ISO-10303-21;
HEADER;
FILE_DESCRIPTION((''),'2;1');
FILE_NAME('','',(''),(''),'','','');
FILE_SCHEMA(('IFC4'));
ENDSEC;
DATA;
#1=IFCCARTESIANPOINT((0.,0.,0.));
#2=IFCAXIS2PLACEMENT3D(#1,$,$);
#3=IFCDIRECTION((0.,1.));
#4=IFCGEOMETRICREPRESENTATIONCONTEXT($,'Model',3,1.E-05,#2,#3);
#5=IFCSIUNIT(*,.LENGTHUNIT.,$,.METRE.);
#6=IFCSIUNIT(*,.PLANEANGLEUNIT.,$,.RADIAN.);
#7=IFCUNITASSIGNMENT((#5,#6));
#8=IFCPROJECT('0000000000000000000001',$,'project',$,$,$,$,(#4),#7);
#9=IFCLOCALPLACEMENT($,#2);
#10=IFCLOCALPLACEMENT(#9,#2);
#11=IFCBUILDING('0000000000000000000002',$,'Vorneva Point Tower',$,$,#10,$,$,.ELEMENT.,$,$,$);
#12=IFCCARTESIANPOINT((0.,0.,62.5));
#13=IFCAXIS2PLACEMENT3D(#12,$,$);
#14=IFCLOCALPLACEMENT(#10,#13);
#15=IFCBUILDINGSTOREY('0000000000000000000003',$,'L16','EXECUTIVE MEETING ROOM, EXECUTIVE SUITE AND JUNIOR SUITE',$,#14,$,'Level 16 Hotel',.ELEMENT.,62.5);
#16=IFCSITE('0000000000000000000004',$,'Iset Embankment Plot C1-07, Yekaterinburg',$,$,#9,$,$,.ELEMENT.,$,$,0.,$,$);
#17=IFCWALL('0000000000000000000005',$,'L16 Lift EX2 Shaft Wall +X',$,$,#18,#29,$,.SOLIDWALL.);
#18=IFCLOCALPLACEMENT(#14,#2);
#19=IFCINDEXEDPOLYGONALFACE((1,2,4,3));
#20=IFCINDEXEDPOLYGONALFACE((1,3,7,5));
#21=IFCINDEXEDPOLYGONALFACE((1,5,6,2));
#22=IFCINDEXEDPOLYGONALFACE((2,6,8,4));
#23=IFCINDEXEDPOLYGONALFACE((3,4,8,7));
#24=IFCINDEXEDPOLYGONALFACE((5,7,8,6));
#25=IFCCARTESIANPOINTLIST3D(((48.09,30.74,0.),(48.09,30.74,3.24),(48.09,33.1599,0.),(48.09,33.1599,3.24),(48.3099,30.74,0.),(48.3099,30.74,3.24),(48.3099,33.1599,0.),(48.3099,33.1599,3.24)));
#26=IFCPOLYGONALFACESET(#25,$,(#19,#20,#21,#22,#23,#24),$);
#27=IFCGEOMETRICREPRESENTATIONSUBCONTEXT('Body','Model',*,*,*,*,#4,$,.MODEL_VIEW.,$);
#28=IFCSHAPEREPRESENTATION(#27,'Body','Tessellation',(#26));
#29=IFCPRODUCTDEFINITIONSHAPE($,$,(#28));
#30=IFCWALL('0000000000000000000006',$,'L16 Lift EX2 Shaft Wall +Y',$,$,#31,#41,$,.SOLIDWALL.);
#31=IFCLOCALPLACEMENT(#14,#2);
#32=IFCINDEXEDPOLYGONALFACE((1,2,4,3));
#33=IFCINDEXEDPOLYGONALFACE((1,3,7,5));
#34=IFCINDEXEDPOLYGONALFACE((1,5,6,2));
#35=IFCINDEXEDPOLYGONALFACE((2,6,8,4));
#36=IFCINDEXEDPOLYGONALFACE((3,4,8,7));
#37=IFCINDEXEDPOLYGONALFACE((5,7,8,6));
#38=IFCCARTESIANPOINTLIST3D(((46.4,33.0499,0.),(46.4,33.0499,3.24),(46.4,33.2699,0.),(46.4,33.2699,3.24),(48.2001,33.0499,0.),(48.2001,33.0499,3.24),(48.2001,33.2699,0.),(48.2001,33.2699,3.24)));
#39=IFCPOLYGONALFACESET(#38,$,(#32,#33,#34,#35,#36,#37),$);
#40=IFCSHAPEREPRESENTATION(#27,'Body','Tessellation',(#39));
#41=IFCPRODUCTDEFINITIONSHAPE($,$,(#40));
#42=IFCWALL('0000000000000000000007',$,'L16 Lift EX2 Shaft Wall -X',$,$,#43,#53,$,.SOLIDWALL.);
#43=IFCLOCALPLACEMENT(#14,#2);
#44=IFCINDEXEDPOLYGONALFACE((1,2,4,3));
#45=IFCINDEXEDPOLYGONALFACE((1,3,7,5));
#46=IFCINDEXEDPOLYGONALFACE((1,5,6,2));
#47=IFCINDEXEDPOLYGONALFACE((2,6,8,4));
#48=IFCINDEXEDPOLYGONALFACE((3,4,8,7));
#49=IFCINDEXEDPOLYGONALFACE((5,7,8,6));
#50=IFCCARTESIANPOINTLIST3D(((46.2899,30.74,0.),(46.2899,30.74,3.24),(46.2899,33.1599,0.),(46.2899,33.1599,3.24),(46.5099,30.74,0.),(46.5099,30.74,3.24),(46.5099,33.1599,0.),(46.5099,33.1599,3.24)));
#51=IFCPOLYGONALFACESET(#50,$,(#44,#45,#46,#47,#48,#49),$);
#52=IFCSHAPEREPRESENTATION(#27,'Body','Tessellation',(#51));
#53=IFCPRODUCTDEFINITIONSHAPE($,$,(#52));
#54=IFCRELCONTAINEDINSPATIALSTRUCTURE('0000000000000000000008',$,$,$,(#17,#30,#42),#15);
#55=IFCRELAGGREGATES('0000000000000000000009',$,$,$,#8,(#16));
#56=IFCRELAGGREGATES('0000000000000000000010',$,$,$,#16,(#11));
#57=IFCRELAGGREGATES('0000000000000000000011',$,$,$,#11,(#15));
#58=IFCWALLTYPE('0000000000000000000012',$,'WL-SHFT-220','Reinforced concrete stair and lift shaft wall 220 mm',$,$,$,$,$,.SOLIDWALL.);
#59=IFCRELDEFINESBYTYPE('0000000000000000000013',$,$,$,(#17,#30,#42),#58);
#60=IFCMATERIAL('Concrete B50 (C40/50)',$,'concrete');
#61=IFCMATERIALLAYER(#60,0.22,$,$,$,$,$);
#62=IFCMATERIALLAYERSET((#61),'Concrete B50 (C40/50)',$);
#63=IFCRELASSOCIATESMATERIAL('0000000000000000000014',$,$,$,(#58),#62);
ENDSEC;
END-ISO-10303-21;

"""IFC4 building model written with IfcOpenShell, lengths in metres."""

from ifc_helpers import new_model, si_unit, direction, frame, frame_2d, origin, place, context, subcontext, project, spatial, rectangle, extrude, material, layer, layer_set, type_object, element, save


model = new_model("IFC4")

# Units and contexts
model_context = context("Model", 3, precision=1e-05, world=origin(), true_north=direction((0.0, 1.0)))
body_context = subcontext(model_context, "Body", "Model", "MODEL_VIEW")
ifc_project = project(units=[si_unit("LENGTHUNIT", "METRE"), si_unit("PLANEANGLEUNIT", "RADIAN")], contexts=[model_context])

# Site, building, storey
site_placement = place(None, origin())
site = spatial("IfcSite", under=ifc_project, at=site_placement, Name="Iset Embankment Plot C1-07, Yekaterinburg", CompositionType="ELEMENT", RefElevation=0.0)
building_placement = place(site_placement, origin())
building = spatial("IfcBuilding", under=site, at=building_placement, Name="Vorneva Point Tower", CompositionType="ELEMENT")
storey_placement = place(building_placement, frame((0.0, 0.0, 62.5)))
storey = spatial("IfcBuildingStorey", under=building, at=storey_placement, Name="L16", Description="EXECUTIVE MEETING ROOM, EXECUTIVE SUITE AND JUNIOR SUITE", LongName="Level 16 Hotel", CompositionType="ELEMENT", Elevation=62.5)

# Walls
ifc_material_1 = material(Name="Concrete B50 (C40/50)", Category="concrete")
ifc_layer_1 = layer(ifc_material_1, 0.22)
ifc_layer_set_1 = layer_set([ifc_layer_1], Name="Concrete B50 (C40/50)")
wall_type_1 = type_object("IfcWallType", Name="WL-SHFT-220", Description="Reinforced concrete stair and lift shaft wall 220 mm", PredefinedType="SOLIDWALL", material=ifc_layer_set_1)
wall_1_placement = place(storey_placement, frame((48.2, 30.74, 0.0), z_axis=(0.0, 0.0, 1.0), x_axis=(0.0, 1.0, 0.0)))
element("IfcWall", 1, at=wall_1_placement, inside=storey, type_object=wall_type_1, Name="L16 Lift EX2 Shaft Wall +X", PredefinedType="SOLIDWALL", context=body_context, shape_type="SweptSolid", body=[
    extrude(rectangle(XDim=2.4199, YDim=0.22, at=frame_2d((1.21, 0.0))), origin(), (0.0, 0.0, 1.0), 3.24),
])
wall_2_placement = place(storey_placement, frame((48.2, 33.1599, 0.0), z_axis=(0.0, 0.0, 1.0), x_axis=(-1.0, 0.0, 0.0)))
element("IfcWall", 2, at=wall_2_placement, inside=storey, type_object=wall_type_1, Name="L16 Lift EX2 Shaft Wall +Y", PredefinedType="SOLIDWALL", context=body_context, shape_type="SweptSolid", body=[
    extrude(rectangle(XDim=1.8, YDim=0.22, at=frame_2d((0.8999, 0.0))), origin(), (0.0, 0.0, 1.0), 3.24),
])
wall_3_placement = place(storey_placement, frame((46.3999, 33.1599, 0.0), z_axis=(0.0, 0.0, 1.0), x_axis=(0.0, -1.0, 0.0)))
element("IfcWall", 3, at=wall_3_placement, inside=storey, type_object=wall_type_1, Name="L16 Lift EX2 Shaft Wall -X", PredefinedType="SOLIDWALL", context=body_context, shape_type="SweptSolid", body=[
    extrude(rectangle(XDim=2.4199, YDim=0.22, at=frame_2d((1.21, 0.0))), origin(), (0.0, 0.0, 1.0), 3.24),
])

save(model, "model.ifc")
